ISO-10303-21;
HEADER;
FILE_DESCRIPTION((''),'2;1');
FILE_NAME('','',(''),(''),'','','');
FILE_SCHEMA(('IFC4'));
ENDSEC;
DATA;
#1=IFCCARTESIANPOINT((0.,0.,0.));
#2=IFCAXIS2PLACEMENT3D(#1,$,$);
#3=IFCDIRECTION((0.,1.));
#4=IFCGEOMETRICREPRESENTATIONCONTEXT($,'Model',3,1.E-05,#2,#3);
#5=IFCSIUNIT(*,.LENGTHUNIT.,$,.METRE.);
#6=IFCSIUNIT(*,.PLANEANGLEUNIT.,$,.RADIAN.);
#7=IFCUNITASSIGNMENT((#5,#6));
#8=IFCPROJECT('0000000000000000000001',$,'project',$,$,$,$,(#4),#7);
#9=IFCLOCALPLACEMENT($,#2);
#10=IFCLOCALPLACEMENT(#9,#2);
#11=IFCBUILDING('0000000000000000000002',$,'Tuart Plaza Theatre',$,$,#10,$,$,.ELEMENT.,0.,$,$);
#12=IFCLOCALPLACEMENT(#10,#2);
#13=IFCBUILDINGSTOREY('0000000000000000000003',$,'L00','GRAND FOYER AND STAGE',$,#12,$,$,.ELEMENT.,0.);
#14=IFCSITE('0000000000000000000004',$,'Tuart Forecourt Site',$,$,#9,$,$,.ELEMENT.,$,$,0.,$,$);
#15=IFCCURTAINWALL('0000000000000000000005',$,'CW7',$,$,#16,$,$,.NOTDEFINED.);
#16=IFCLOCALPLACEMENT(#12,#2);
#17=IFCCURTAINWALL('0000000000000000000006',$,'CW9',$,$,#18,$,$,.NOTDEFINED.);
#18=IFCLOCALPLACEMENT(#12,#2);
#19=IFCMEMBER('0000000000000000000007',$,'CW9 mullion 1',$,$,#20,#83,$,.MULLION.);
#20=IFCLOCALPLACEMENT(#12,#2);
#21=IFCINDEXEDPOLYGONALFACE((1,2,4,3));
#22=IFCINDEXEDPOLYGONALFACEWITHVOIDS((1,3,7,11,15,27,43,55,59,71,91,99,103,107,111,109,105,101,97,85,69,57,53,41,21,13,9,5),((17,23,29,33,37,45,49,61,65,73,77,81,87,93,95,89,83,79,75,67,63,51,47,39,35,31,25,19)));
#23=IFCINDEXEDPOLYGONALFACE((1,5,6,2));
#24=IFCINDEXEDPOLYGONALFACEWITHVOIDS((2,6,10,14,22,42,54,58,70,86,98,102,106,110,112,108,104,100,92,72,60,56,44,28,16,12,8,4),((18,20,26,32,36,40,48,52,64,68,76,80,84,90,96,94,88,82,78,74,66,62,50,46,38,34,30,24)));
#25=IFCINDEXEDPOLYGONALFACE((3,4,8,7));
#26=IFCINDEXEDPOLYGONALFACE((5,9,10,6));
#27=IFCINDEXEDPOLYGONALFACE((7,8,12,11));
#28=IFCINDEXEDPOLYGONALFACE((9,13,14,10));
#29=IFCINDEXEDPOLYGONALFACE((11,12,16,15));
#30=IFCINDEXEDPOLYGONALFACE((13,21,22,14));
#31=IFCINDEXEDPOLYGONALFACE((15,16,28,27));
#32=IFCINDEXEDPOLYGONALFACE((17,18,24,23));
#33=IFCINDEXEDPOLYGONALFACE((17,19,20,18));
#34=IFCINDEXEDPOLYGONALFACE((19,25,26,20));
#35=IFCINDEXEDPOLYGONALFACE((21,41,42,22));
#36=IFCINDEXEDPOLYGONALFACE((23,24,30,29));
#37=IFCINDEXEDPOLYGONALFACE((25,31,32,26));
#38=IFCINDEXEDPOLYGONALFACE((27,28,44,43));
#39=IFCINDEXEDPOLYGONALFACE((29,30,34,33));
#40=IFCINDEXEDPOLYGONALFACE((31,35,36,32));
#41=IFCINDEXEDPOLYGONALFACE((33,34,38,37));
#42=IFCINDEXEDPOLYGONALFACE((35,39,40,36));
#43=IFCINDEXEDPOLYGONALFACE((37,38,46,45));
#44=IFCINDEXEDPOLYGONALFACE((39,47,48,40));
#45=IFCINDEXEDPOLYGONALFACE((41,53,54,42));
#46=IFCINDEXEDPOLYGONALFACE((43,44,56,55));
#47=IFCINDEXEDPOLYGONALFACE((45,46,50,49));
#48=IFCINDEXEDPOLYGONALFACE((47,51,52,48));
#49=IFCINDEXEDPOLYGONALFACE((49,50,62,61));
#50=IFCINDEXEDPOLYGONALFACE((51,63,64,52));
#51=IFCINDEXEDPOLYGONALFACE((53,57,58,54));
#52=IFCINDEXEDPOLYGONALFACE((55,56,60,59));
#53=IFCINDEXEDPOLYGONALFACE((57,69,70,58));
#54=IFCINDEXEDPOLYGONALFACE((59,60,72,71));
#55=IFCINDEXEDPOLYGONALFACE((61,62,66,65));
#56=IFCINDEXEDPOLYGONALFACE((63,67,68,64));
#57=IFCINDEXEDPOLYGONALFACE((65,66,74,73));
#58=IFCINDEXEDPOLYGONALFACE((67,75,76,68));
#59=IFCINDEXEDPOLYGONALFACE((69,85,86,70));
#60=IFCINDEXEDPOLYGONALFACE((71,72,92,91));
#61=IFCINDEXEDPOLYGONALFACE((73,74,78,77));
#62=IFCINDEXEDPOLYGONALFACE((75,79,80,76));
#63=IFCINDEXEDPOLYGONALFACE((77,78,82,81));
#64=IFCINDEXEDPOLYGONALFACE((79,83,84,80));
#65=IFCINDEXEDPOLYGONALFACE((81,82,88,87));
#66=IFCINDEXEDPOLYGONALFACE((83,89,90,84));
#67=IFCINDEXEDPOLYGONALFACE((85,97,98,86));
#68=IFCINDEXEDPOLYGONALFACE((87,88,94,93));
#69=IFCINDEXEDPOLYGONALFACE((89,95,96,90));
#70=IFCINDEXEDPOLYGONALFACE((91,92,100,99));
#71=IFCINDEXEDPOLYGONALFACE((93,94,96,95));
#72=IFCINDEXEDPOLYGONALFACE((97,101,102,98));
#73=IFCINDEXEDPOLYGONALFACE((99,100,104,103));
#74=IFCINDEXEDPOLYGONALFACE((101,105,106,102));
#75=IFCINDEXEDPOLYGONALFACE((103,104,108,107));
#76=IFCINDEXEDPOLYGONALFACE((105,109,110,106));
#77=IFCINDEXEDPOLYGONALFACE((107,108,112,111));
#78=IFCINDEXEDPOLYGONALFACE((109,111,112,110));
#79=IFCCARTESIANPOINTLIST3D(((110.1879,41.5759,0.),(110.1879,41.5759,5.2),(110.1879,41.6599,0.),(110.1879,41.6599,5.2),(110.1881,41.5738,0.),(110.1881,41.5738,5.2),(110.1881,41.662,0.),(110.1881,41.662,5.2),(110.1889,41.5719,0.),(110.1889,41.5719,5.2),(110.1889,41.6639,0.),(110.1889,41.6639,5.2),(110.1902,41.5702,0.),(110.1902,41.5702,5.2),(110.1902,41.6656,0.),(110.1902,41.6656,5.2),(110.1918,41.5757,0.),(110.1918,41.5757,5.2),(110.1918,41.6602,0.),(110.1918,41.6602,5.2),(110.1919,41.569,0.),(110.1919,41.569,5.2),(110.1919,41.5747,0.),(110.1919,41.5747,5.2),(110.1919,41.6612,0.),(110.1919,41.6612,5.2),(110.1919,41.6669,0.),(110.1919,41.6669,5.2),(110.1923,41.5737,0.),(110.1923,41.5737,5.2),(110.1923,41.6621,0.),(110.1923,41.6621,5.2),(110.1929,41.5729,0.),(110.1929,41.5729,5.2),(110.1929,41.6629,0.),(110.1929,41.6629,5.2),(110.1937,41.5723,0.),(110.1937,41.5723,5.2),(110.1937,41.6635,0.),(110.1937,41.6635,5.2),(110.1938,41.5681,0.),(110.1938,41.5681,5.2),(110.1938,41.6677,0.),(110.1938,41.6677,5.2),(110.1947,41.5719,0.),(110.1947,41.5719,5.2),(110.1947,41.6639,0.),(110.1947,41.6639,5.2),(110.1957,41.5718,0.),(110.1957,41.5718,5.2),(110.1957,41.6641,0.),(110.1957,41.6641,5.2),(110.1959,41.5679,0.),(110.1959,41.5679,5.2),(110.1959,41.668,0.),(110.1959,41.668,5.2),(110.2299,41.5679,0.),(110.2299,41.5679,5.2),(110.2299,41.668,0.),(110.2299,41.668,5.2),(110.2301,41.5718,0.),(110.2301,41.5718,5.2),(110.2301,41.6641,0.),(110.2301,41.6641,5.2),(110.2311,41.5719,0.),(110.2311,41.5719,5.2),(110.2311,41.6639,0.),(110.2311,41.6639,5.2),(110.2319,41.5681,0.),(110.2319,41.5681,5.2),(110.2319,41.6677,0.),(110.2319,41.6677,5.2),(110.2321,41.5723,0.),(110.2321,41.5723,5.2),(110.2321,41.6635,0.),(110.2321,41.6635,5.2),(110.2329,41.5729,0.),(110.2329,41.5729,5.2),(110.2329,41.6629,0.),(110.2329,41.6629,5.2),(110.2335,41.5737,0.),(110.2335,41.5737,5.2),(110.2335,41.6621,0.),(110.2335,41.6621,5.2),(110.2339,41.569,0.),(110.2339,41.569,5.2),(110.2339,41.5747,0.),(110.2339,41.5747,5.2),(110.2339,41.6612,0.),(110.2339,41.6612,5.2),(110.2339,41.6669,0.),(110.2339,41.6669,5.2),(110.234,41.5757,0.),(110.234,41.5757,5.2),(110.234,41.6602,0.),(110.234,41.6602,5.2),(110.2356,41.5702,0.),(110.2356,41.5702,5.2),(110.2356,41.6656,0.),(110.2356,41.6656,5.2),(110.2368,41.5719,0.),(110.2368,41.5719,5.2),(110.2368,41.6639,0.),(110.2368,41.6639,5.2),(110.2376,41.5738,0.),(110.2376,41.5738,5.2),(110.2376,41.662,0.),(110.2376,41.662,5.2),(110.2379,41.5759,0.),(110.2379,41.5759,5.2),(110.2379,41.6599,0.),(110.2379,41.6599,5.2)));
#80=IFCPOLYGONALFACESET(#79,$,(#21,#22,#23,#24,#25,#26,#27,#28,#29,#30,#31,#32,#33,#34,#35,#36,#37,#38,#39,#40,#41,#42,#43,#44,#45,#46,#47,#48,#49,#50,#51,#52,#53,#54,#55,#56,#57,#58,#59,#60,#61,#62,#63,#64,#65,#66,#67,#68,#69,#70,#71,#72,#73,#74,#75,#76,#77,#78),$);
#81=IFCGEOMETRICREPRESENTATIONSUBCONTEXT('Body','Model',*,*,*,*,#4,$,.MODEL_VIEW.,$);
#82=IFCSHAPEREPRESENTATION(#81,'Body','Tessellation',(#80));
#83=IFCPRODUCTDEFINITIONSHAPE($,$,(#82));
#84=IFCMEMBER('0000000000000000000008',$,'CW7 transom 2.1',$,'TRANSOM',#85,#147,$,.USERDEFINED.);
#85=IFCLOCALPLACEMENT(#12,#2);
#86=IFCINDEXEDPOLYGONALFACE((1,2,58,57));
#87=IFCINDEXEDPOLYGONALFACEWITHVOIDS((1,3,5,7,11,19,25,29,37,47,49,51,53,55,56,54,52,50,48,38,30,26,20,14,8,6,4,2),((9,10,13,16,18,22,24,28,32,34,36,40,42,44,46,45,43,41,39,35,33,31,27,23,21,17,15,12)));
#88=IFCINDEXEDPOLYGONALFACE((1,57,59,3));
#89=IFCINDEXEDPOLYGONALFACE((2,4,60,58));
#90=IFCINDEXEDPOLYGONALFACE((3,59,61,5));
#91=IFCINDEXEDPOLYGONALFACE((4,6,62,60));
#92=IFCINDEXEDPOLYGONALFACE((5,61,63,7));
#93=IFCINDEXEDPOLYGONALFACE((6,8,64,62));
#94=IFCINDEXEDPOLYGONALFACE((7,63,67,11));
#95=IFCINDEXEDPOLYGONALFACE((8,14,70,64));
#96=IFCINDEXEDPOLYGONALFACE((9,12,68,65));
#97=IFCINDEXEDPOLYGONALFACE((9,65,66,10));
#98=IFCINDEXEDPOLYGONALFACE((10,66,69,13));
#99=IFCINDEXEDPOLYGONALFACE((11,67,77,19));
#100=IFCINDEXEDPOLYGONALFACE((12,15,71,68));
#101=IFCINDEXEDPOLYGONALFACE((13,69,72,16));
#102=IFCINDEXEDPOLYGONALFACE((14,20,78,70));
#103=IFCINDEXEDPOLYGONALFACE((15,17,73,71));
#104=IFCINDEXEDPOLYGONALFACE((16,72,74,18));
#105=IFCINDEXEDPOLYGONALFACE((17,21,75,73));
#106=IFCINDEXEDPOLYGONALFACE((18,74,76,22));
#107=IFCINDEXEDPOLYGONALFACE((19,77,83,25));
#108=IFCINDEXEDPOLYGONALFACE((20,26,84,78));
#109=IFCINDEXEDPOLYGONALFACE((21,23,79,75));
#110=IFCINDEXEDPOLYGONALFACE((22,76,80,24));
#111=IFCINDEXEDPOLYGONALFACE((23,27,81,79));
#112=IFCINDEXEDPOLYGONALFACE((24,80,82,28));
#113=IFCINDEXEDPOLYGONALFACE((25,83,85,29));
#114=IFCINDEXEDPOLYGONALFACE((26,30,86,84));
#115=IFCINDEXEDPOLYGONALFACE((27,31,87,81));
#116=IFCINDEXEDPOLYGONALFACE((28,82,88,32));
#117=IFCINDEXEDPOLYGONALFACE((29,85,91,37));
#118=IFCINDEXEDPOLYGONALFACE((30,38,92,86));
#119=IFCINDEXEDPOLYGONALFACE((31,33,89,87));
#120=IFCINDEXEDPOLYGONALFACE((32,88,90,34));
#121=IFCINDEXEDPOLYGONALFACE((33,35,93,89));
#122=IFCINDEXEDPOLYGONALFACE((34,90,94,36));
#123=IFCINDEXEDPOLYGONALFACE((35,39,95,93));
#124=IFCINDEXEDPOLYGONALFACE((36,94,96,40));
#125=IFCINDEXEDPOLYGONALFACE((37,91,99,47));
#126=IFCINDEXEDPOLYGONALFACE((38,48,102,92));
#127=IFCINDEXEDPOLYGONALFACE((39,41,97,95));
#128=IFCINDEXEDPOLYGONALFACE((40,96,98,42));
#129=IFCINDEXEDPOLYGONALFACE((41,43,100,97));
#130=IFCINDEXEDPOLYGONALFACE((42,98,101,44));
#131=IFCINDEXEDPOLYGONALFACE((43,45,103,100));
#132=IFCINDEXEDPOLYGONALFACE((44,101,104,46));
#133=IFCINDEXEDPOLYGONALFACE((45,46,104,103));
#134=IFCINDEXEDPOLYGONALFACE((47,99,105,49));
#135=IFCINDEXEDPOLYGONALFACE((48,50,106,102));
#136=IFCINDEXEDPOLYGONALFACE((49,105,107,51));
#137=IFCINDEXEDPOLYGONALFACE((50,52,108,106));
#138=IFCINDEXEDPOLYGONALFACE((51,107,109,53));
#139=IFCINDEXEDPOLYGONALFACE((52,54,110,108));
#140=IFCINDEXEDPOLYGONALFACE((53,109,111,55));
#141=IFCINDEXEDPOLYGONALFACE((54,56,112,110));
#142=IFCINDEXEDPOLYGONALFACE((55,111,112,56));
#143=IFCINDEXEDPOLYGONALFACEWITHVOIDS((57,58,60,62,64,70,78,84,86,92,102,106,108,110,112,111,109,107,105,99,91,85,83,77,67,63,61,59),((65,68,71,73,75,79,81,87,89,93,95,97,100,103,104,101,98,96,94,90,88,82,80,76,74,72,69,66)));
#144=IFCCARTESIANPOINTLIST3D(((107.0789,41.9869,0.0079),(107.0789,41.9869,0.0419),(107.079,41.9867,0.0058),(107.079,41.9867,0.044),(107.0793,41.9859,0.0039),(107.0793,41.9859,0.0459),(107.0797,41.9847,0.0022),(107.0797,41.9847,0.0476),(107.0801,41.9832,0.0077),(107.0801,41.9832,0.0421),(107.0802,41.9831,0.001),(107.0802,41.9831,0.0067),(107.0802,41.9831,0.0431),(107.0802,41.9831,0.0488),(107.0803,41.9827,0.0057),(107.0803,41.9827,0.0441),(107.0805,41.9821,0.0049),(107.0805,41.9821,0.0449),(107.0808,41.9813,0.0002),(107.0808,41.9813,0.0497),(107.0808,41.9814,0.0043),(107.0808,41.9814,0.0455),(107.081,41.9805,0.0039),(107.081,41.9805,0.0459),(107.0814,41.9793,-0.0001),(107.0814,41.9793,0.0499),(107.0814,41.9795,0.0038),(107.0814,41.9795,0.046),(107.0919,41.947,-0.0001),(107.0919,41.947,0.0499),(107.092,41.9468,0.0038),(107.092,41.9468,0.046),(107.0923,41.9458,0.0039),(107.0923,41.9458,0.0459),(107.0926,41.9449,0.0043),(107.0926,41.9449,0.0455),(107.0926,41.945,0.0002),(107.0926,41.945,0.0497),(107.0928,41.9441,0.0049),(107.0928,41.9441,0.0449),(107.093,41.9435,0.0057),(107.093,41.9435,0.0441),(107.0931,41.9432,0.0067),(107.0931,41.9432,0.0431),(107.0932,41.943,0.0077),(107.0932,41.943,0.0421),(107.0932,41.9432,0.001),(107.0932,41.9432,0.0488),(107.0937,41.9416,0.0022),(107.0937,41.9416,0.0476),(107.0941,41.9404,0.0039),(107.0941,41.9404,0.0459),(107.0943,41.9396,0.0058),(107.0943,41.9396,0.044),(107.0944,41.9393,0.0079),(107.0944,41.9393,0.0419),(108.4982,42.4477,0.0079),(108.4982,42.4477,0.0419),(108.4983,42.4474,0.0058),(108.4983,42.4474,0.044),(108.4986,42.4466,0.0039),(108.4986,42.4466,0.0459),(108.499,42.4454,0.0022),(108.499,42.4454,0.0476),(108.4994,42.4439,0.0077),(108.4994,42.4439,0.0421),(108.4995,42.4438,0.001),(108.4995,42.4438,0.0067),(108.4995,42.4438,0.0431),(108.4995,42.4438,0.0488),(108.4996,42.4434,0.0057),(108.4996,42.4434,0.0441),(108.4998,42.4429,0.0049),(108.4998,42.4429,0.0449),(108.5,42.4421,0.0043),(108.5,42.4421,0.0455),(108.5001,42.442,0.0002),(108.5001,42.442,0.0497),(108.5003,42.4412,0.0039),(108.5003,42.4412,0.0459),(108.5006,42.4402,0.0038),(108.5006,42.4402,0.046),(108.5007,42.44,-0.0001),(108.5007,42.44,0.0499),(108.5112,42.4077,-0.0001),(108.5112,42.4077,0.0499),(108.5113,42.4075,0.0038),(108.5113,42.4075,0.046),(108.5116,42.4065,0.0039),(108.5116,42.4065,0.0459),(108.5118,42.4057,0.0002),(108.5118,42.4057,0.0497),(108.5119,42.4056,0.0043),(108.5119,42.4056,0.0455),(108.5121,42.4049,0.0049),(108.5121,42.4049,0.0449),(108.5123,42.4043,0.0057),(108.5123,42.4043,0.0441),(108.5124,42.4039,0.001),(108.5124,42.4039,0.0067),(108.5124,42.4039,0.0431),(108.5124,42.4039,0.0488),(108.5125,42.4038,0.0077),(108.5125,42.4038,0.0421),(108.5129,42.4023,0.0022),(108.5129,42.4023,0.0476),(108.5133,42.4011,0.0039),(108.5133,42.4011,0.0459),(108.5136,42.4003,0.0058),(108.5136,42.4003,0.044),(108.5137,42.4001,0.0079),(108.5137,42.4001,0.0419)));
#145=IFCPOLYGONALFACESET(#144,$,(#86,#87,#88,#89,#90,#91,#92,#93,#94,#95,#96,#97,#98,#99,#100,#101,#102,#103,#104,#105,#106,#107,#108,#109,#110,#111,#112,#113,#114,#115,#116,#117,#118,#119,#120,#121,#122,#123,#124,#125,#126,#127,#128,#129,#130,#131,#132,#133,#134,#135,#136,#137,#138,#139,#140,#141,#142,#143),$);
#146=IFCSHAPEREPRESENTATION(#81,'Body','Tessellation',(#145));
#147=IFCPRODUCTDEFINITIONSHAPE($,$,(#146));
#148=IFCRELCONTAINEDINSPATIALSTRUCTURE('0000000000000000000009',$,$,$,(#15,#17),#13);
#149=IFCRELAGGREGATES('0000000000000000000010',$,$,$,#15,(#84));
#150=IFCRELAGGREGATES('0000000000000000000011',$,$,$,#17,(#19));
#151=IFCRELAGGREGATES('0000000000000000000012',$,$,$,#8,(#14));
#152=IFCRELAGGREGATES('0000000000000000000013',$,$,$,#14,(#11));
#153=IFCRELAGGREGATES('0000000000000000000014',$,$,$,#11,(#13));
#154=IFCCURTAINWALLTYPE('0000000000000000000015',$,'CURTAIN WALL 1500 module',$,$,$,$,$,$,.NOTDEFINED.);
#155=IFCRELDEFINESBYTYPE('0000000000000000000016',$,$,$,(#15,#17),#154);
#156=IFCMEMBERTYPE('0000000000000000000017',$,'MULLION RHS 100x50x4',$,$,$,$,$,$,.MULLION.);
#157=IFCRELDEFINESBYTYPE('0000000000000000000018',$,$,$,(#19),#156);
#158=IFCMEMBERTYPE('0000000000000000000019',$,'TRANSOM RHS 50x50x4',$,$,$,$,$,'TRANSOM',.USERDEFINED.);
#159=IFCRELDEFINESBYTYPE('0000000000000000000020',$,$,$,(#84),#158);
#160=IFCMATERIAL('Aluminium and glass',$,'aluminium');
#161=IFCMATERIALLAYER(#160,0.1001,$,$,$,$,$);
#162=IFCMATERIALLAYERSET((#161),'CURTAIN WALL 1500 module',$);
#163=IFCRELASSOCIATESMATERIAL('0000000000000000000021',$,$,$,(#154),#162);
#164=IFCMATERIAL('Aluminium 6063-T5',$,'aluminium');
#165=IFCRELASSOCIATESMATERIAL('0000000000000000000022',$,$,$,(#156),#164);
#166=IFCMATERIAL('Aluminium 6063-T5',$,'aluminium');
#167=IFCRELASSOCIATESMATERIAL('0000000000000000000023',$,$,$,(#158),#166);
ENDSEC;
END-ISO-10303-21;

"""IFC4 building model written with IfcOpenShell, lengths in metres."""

from ifc_helpers import new_model, si_unit, direction, frame, origin, origin_2d, place, context, subcontext, project, spatial, hollow_rectangle, extrude, material, layer, layer_set, material_profile, profile_set, type_object, element, aggregate, save


model = new_model("IFC4")

# Units and contexts
model_context = context("Model", 3, precision=1e-05, world=origin(), true_north=direction((0.0, 1.0)))
body_context = subcontext(model_context, "Body", "Model", "MODEL_VIEW")
ifc_project = project(units=[si_unit("LENGTHUNIT", "METRE"), si_unit("PLANEANGLEUNIT", "RADIAN")], contexts=[model_context])

# Site, building, storey
site_placement = place(None, origin())
site = spatial("IfcSite", under=ifc_project, at=site_placement, Name="Tuart Forecourt Site", CompositionType="ELEMENT", RefElevation=0.0)
building_placement = place(site_placement, origin())
building = spatial("IfcBuilding", under=site, at=building_placement, Name="Tuart Plaza Theatre", CompositionType="ELEMENT", ElevationOfRefHeight=0.0)
storey_placement = place(building_placement, origin())
storey = spatial("IfcBuildingStorey", under=building, at=storey_placement, Name="L00", Description="GRAND FOYER AND STAGE", CompositionType="ELEMENT", Elevation=0.0)

# Curtain wall
ifc_material_1 = material(Name="Aluminium and glass", Category="aluminium")
ifc_layer_1 = layer(ifc_material_1, 0.1001)
ifc_layer_set_1 = layer_set([ifc_layer_1], Name="CURTAIN WALL 1500 module")
curtain_wall_type = type_object("IfcCurtainWallType", Name="CURTAIN WALL 1500 module", PredefinedType="NOTDEFINED", material=ifc_layer_set_1)
curtain_wall_1_placement = place(storey_placement, origin())
curtain_wall_1 = element("IfcCurtainWall", 1, at=curtain_wall_1_placement, inside=storey, type_object=curtain_wall_type, Name="CW7", PredefinedType="NOTDEFINED")
ifc_material_2 = material(Name="Aluminium 6063-T5", Category="aluminium")
ifc_material_profile_1 = material_profile(ifc_material_2, hollow_rectangle(XDim=0.05, YDim=0.1001, WallThickness=0.0039, InnerFilletRadius=0.0039, OuterFilletRadius=0.0081, at=origin_2d()), Name="RHS 100x50x4")
ifc_profile_set_1 = profile_set([ifc_material_profile_1], Name="Aluminium 6063-T5")
member_type_1 = type_object("IfcMemberType", Name="MULLION RHS 100x50x4", PredefinedType="MULLION", material=ifc_profile_set_1)

# Curtain wall, member
curtain_wall_2_placement = place(storey_placement, origin())
curtain_wall_2 = element("IfcCurtainWall", 2, at=curtain_wall_2_placement, inside=storey, type_object=curtain_wall_type, Name="CW9", PredefinedType="NOTDEFINED")
member_1_placement = place(storey_placement, frame((110.2129, 41.6179, 0.0), z_axis=(0.0, 0.0, 1.0), x_axis=(-1.0, 0.0, 0.0)))
member_1 = element("IfcMember", 3, at=member_1_placement, type_object=member_type_1, Name="CW9 mullion 1", PredefinedType="MULLION", context=body_context, shape_type="SweptSolid", body=[
    extrude(hollow_rectangle(XDim=0.05, YDim=0.1001, WallThickness=0.0039, InnerFilletRadius=0.0039, OuterFilletRadius=0.0081, at=origin_2d()), origin(), (0.0, 0.0, 1.0), 5.2),
])

# Member
ifc_material_3 = material(Name="Aluminium 6063-T5", Category="aluminium")
ifc_material_profile_2 = material_profile(ifc_material_3, hollow_rectangle(XDim=0.05, YDim=0.05, WallThickness=0.0039, InnerFilletRadius=0.0039, OuterFilletRadius=0.0081, at=origin_2d()), Name="RHS 50x50x4")
ifc_profile_set_2 = profile_set([ifc_material_profile_2], Name="Aluminium 6063-T5")
member_type_2 = type_object("IfcMemberType", Name="TRANSOM RHS 50x50x4", ElementType="TRANSOM", PredefinedType="USERDEFINED", material=ifc_profile_set_2)
member_2_placement = place(storey_placement, frame((107.0867, 41.9631, 0.0249), z_axis=(0.951141, 0.308757, 0.0), x_axis=(-0.308757, 0.951141, 0.0)))
member_2 = element("IfcMember", 4, at=member_2_placement, type_object=member_type_2, Name="CW7 transom 2.1", ObjectType="TRANSOM", PredefinedType="USERDEFINED", context=body_context, shape_type="SweptSolid", body=[
    extrude(hollow_rectangle(XDim=0.05, YDim=0.05, WallThickness=0.0039, InnerFilletRadius=0.0039, OuterFilletRadius=0.0081, at=origin_2d()), origin(), (0.0, 0.0, 1.0), 1.4922),
])

aggregate(curtain_wall_1, [member_2])

aggregate(curtain_wall_2, [member_1])

save(model, "model.ifc")
